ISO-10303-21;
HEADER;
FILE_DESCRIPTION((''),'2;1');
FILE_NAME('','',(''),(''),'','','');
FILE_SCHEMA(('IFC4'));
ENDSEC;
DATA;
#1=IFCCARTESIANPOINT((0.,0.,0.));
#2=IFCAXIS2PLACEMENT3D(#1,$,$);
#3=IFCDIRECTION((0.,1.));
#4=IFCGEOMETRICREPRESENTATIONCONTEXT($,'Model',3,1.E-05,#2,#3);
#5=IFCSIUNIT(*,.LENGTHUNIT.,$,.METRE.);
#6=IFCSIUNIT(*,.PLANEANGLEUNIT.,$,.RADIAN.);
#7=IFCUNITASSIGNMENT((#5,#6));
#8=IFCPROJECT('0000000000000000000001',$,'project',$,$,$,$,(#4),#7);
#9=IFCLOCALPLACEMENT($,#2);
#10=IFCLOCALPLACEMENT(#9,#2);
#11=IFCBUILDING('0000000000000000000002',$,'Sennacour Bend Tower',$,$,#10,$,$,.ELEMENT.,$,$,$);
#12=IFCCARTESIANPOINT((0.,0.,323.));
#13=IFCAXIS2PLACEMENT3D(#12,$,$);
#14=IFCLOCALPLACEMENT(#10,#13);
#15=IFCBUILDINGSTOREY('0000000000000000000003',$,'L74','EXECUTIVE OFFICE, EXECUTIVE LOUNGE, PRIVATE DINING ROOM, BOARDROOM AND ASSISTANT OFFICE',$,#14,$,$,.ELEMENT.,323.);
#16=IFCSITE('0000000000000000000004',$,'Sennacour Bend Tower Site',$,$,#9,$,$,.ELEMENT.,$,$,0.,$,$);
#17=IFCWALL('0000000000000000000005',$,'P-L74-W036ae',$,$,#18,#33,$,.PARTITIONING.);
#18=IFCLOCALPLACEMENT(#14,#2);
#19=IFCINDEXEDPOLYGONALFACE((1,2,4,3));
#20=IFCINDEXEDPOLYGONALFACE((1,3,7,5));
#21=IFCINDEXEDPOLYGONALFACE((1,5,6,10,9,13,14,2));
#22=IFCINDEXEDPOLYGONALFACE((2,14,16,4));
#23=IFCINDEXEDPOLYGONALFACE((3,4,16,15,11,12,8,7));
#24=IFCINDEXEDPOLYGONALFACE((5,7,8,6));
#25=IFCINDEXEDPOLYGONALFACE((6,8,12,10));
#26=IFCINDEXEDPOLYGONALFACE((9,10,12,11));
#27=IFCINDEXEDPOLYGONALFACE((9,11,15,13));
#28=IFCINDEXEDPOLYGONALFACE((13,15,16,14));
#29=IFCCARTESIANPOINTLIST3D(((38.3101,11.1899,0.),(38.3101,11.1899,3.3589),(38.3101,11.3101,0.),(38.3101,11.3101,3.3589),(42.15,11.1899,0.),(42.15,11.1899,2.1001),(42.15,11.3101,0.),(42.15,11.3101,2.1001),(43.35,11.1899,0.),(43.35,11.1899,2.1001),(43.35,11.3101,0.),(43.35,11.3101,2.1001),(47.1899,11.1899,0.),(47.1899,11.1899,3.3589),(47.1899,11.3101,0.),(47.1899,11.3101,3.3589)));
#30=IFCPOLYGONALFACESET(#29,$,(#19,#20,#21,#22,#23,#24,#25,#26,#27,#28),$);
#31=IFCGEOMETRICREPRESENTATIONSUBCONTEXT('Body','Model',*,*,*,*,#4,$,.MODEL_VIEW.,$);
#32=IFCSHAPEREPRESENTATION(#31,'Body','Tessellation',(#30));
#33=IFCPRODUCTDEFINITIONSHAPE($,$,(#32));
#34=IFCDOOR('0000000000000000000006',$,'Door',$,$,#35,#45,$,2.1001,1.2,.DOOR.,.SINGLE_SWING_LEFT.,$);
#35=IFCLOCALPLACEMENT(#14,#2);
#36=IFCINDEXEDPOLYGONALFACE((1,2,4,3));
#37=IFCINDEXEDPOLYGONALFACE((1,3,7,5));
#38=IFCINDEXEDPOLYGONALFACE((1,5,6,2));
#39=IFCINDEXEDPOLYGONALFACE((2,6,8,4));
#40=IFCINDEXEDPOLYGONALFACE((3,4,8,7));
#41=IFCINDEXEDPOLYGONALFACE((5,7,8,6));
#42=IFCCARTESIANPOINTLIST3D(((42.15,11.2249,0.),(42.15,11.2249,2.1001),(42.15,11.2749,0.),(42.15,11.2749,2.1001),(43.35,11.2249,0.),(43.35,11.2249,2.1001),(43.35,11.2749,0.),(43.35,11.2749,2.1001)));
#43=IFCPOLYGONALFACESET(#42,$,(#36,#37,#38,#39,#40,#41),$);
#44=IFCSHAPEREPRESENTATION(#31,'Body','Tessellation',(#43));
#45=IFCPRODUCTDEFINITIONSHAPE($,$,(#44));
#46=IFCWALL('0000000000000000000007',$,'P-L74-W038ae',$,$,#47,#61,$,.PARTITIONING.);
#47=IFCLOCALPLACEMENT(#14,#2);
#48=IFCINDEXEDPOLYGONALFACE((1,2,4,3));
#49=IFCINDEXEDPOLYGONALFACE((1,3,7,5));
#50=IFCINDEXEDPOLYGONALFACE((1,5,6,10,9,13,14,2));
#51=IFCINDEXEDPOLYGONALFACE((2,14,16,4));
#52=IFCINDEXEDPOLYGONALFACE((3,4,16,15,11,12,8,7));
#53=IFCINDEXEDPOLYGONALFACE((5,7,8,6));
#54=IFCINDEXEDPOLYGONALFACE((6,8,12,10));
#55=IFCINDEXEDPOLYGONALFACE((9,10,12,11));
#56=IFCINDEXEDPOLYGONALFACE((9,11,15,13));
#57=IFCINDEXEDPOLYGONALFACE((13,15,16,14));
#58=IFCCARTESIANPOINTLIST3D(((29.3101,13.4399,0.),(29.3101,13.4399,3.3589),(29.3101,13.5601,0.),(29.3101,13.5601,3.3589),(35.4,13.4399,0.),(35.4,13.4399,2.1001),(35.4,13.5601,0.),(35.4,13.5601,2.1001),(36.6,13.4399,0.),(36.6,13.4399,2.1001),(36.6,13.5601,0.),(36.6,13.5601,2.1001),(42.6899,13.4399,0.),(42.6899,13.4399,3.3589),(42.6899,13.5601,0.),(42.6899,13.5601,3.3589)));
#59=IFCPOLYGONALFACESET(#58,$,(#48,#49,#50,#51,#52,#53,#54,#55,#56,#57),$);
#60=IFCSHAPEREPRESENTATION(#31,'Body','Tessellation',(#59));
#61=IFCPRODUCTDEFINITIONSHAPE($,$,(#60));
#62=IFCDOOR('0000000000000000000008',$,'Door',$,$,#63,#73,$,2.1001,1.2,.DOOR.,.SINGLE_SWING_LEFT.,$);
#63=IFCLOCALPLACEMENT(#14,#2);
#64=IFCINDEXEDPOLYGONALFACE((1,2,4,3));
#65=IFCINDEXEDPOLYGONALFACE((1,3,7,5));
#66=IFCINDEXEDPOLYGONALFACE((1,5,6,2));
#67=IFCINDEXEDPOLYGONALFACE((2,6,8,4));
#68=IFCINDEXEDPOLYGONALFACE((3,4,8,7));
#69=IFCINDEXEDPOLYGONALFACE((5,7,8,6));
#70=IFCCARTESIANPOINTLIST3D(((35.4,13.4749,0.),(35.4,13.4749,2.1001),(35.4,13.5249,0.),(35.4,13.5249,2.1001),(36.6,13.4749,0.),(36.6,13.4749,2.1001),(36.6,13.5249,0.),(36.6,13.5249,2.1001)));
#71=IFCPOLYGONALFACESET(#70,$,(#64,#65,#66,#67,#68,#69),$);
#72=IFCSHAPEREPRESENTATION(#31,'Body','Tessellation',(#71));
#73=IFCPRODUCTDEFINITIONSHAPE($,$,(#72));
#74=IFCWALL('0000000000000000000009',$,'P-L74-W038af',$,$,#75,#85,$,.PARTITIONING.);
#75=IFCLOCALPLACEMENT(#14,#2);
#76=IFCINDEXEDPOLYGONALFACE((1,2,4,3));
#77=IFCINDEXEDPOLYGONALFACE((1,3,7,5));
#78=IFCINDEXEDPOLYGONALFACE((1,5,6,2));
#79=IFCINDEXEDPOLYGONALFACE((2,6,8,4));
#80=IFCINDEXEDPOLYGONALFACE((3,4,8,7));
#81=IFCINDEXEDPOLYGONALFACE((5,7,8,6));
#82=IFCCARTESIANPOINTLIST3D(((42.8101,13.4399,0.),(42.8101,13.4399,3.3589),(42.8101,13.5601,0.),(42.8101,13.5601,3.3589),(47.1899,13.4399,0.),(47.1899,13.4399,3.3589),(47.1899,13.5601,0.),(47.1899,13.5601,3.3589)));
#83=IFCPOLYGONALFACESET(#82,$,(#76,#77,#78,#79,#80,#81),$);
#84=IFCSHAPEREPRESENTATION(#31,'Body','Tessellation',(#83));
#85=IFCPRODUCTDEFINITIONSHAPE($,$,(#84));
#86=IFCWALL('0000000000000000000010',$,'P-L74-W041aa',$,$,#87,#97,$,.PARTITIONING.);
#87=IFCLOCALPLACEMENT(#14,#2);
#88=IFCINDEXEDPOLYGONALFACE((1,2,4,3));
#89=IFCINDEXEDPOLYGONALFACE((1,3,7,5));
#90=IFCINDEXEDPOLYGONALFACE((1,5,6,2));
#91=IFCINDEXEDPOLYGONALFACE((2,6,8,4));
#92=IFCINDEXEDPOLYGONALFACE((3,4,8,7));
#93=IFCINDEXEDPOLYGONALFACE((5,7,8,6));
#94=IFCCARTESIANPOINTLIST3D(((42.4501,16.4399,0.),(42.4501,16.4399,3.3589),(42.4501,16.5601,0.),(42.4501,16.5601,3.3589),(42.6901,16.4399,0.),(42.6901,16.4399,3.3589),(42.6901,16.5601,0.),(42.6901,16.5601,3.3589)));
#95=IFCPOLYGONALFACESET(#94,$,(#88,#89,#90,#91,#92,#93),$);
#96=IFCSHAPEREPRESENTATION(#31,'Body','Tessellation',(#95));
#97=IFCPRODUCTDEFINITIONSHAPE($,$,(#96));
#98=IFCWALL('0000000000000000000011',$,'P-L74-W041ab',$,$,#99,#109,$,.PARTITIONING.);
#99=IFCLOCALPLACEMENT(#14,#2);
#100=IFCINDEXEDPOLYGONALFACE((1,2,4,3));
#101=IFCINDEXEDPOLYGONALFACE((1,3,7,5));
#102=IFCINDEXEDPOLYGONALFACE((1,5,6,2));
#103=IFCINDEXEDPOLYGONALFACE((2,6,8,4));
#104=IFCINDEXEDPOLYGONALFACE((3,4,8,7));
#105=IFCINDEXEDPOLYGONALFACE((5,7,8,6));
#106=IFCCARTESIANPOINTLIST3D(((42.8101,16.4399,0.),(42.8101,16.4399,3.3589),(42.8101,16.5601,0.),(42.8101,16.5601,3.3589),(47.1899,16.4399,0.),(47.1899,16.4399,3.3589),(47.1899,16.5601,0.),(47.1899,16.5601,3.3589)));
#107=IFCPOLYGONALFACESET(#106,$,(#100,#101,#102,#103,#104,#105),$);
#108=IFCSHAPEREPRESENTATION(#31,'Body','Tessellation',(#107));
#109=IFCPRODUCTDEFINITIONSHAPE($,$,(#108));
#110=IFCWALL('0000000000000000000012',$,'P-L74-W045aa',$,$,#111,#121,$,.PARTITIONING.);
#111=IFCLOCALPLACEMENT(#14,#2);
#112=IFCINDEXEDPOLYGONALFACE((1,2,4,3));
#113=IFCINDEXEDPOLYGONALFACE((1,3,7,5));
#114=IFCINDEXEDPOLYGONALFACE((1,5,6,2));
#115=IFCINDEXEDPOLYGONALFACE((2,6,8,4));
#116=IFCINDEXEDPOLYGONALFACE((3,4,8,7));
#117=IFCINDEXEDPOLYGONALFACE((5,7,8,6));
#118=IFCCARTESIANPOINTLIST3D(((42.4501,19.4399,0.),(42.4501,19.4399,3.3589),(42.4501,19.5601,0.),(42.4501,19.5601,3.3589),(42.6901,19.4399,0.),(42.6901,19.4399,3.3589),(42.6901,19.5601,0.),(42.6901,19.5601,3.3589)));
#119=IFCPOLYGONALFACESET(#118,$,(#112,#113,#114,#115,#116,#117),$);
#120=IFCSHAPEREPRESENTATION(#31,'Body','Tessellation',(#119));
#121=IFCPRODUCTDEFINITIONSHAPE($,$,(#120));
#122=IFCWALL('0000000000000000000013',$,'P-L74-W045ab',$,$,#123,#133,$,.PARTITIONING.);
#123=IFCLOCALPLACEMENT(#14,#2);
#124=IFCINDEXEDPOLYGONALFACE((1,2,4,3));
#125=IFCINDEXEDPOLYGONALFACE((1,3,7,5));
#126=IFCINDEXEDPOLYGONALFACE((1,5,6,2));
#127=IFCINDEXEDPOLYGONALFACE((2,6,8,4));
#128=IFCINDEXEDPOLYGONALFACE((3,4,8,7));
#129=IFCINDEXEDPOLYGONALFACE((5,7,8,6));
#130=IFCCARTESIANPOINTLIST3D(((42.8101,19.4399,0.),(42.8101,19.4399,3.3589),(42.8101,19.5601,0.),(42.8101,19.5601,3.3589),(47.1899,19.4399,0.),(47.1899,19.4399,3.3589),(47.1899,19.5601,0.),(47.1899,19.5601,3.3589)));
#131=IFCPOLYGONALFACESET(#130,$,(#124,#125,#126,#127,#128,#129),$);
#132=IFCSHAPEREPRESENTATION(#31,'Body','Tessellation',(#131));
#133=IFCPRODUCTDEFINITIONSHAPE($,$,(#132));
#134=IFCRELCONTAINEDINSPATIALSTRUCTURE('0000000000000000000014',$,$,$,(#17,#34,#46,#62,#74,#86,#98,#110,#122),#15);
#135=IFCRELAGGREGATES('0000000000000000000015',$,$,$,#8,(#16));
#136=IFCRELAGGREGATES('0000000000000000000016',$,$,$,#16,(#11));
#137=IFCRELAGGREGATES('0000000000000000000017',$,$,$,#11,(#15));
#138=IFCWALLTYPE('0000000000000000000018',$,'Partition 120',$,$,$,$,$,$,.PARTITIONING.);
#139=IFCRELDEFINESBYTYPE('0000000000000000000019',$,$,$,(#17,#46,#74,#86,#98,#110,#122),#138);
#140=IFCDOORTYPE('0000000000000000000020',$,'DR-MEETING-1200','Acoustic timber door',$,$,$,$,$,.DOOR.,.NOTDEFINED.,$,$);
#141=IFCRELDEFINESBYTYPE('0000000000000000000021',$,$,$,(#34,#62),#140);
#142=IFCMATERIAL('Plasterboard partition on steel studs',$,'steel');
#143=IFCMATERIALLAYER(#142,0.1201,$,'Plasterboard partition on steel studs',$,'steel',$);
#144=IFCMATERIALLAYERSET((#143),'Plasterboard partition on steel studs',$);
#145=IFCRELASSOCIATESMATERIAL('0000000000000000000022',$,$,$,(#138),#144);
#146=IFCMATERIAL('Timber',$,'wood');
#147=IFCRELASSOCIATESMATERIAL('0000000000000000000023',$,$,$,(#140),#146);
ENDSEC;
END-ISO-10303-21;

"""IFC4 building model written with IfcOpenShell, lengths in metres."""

from ifc_helpers import new_model, si_unit, direction, frame, frame_2d, origin, place, context, subcontext, project, spatial, rectangle, extrude, material, layer, layer_set, type_object, element, fill, save


model = new_model("IFC4")

# Units and contexts
model_context = context("Model", 3, precision=1e-05, world=origin(), true_north=direction((0.0, 1.0)))
body_context = subcontext(model_context, "Body", "Model", "MODEL_VIEW")
ifc_project = project(units=[si_unit("LENGTHUNIT", "METRE"), si_unit("PLANEANGLEUNIT", "RADIAN")], contexts=[model_context])

# Site, building, storey
site_placement = place(None, origin())
site = spatial("IfcSite", under=ifc_project, at=site_placement, Name="Sennacour Bend Tower Site", CompositionType="ELEMENT", RefElevation=0.0)
building_placement = place(site_placement, origin())
building = spatial("IfcBuilding", under=site, at=building_placement, Name="Sennacour Bend Tower", CompositionType="ELEMENT")
storey_placement = place(building_placement, frame((0.0, 0.0, 323.0)))
storey = spatial("IfcBuildingStorey", under=building, at=storey_placement, Name="L74", Description="EXECUTIVE OFFICE, EXECUTIVE LOUNGE, PRIVATE DINING ROOM, BOARDROOM AND ASSISTANT OFFICE", CompositionType="ELEMENT", Elevation=323.0)

# Shared definitions
ifc_material_1 = material(Name="Plasterboard partition on steel studs", Category="steel")
ifc_layer_1 = layer(ifc_material_1, 0.1201, Name="Plasterboard partition on steel studs", Category="steel")
ifc_layer_set_1 = layer_set([ifc_layer_1], Name="Plasterboard partition on steel studs")
wall_type = type_object("IfcWallType", Name="Partition 120", PredefinedType="PARTITIONING", material=ifc_layer_set_1)

# Walls, openings, doors
ifc_material_2 = material(Name="Timber", Category="wood")
wall_1_placement = place(storey_placement, frame((38.3101, 11.25, 0.0), z_axis=(0.0, 0.0, 1.0), x_axis=(1.0, 0.0, 0.0)))
wall_1 = element("IfcWall", 1, at=wall_1_placement, inside=storey, type_object=wall_type, Name="P-L74-W036ae", PredefinedType="PARTITIONING", context=body_context, shape_type="SweptSolid", body=[
    extrude(rectangle(XDim=8.8799, YDim=0.1201, at=frame_2d((4.4399, 0.0))), origin(), (0.0, 0.0, 1.0), 3.3589),
])
opening_1_placement = place(wall_1_placement, frame((3.8398, 0.0, 0.0)))
opening_1 = element("IfcOpeningElement", 2, at=opening_1_placement, cuts=wall_1, PredefinedType="OPENING", context=body_context, shape_type="SweptSolid", body=[
    extrude(rectangle(XDim=1.2, YDim=2.1001, at=frame_2d((0.6001, 1.05))), frame((0.0, 0.0701, 0.0), z_axis=(0.0, -1.0, 0.0), x_axis=(1.0, 0.0, 0.0)), (0.0, 0.0, 1.0), 0.1401),
])
door_type_1 = type_object("IfcDoorType", Name="DR-MEETING-1200", Description="Acoustic timber door", OperationType="NOTDEFINED", PredefinedType="DOOR", material=ifc_material_2)
door_1_placement = place(opening_1_placement, origin())
door_1 = element("IfcDoor", 3, at=door_1_placement, inside=storey, type_object=door_type_1, Name="Door", OperationType="SINGLE_SWING_LEFT", OverallHeight=2.1001, OverallWidth=1.2, PredefinedType="DOOR", context=body_context, shape_type="SweptSolid", body=[
    extrude(rectangle(XDim=1.2, YDim=2.1001, at=frame_2d((0.6001, 1.05))), frame((0.0, 0.0249, 0.0), z_axis=(0.0, -1.0, 0.0), x_axis=(1.0, 0.0, 0.0)), (0.0, 0.0, 1.0), 0.05),
])
fill(opening_1, door_1)
wall_2_placement = place(storey_placement, frame((29.3101, 13.5, 0.0), z_axis=(0.0, 0.0, 1.0), x_axis=(1.0, 0.0, 0.0)))
wall_2 = element("IfcWall", 4, at=wall_2_placement, inside=storey, type_object=wall_type, Name="P-L74-W038ae", PredefinedType="PARTITIONING", context=body_context, shape_type="SweptSolid", body=[
    extrude(rectangle(XDim=13.3799, YDim=0.1201, at=frame_2d((6.6899, 0.0))), origin(), (0.0, 0.0, 1.0), 3.3589),
])
opening_2_placement = place(wall_2_placement, frame((6.0898, 0.0, 0.0)))
opening_2 = element("IfcOpeningElement", 5, at=opening_2_placement, cuts=wall_2, PredefinedType="OPENING", context=body_context, shape_type="SweptSolid", body=[
    extrude(rectangle(XDim=1.2, YDim=2.1001, at=frame_2d((0.6001, 1.05))), frame((0.0, 0.0701, 0.0), z_axis=(0.0, -1.0, 0.0), x_axis=(1.0, 0.0, 0.0)), (0.0, 0.0, 1.0), 0.1401),
])
door_2_placement = place(opening_2_placement, origin())
door_2 = element("IfcDoor", 6, at=door_2_placement, inside=storey, type_object=door_type_1, Name="Door", OperationType="SINGLE_SWING_LEFT", OverallHeight=2.1001, OverallWidth=1.2, PredefinedType="DOOR", context=body_context, shape_type="SweptSolid", body=[
    extrude(rectangle(XDim=1.2, YDim=2.1001, at=frame_2d((0.6001, 1.05))), frame((0.0, 0.0249, 0.0), z_axis=(0.0, -1.0, 0.0), x_axis=(1.0, 0.0, 0.0)), (0.0, 0.0, 1.0), 0.05),
])
fill(opening_2, door_2)

# Walls
wall_3_placement = place(storey_placement, frame((42.8101, 13.5, 0.0), z_axis=(0.0, 0.0, 1.0), x_axis=(1.0, 0.0, 0.0)))
element("IfcWall", 7, at=wall_3_placement, inside=storey, type_object=wall_type, Name="P-L74-W038af", PredefinedType="PARTITIONING", context=body_context, shape_type="SweptSolid", body=[
    extrude(rectangle(XDim=4.3799, YDim=0.1201, at=frame_2d((2.1899, 0.0))), origin(), (0.0, 0.0, 1.0), 3.3589),
])
wall_4_placement = place(storey_placement, frame((42.45, 16.5, 0.0), z_axis=(0.0, 0.0, 1.0), x_axis=(1.0, 0.0, 0.0)))
element("IfcWall", 8, at=wall_4_placement, inside=storey, type_object=wall_type, Name="P-L74-W041aa", PredefinedType="PARTITIONING", context=body_context, shape_type="SweptSolid", body=[
    extrude(rectangle(XDim=0.24, YDim=0.1201, at=frame_2d((0.1201, 0.0))), origin(), (0.0, 0.0, 1.0), 3.3589),
])
wall_5_placement = place(storey_placement, frame((42.8101, 16.5, 0.0), z_axis=(0.0, 0.0, 1.0), x_axis=(1.0, 0.0, 0.0)))
element("IfcWall", 9, at=wall_5_placement, inside=storey, type_object=wall_type, Name="P-L74-W041ab", PredefinedType="PARTITIONING", context=body_context, shape_type="SweptSolid", body=[
    extrude(rectangle(XDim=4.3799, YDim=0.1201, at=frame_2d((2.1899, 0.0))), origin(), (0.0, 0.0, 1.0), 3.3589),
])
wall_6_placement = place(storey_placement, frame((42.45, 19.5, 0.0), z_axis=(0.0, 0.0, 1.0), x_axis=(1.0, 0.0, 0.0)))
element("IfcWall", 10, at=wall_6_placement, inside=storey, type_object=wall_type, Name="P-L74-W045aa", PredefinedType="PARTITIONING", context=body_context, shape_type="SweptSolid", body=[
    extrude(rectangle(XDim=0.24, YDim=0.1201, at=frame_2d((0.1201, 0.0))), origin(), (0.0, 0.0, 1.0), 3.3589),
])
wall_7_placement = place(storey_placement, frame((42.8101, 19.5, 0.0), z_axis=(0.0, 0.0, 1.0), x_axis=(1.0, 0.0, 0.0)))
element("IfcWall", 11, at=wall_7_placement, inside=storey, type_object=wall_type, Name="P-L74-W045ab", PredefinedType="PARTITIONING", context=body_context, shape_type="SweptSolid", body=[
    extrude(rectangle(XDim=4.3799, YDim=0.1201, at=frame_2d((2.1899, 0.0))), origin(), (0.0, 0.0, 1.0), 3.3589),
])

save(model, "model.ifc")
